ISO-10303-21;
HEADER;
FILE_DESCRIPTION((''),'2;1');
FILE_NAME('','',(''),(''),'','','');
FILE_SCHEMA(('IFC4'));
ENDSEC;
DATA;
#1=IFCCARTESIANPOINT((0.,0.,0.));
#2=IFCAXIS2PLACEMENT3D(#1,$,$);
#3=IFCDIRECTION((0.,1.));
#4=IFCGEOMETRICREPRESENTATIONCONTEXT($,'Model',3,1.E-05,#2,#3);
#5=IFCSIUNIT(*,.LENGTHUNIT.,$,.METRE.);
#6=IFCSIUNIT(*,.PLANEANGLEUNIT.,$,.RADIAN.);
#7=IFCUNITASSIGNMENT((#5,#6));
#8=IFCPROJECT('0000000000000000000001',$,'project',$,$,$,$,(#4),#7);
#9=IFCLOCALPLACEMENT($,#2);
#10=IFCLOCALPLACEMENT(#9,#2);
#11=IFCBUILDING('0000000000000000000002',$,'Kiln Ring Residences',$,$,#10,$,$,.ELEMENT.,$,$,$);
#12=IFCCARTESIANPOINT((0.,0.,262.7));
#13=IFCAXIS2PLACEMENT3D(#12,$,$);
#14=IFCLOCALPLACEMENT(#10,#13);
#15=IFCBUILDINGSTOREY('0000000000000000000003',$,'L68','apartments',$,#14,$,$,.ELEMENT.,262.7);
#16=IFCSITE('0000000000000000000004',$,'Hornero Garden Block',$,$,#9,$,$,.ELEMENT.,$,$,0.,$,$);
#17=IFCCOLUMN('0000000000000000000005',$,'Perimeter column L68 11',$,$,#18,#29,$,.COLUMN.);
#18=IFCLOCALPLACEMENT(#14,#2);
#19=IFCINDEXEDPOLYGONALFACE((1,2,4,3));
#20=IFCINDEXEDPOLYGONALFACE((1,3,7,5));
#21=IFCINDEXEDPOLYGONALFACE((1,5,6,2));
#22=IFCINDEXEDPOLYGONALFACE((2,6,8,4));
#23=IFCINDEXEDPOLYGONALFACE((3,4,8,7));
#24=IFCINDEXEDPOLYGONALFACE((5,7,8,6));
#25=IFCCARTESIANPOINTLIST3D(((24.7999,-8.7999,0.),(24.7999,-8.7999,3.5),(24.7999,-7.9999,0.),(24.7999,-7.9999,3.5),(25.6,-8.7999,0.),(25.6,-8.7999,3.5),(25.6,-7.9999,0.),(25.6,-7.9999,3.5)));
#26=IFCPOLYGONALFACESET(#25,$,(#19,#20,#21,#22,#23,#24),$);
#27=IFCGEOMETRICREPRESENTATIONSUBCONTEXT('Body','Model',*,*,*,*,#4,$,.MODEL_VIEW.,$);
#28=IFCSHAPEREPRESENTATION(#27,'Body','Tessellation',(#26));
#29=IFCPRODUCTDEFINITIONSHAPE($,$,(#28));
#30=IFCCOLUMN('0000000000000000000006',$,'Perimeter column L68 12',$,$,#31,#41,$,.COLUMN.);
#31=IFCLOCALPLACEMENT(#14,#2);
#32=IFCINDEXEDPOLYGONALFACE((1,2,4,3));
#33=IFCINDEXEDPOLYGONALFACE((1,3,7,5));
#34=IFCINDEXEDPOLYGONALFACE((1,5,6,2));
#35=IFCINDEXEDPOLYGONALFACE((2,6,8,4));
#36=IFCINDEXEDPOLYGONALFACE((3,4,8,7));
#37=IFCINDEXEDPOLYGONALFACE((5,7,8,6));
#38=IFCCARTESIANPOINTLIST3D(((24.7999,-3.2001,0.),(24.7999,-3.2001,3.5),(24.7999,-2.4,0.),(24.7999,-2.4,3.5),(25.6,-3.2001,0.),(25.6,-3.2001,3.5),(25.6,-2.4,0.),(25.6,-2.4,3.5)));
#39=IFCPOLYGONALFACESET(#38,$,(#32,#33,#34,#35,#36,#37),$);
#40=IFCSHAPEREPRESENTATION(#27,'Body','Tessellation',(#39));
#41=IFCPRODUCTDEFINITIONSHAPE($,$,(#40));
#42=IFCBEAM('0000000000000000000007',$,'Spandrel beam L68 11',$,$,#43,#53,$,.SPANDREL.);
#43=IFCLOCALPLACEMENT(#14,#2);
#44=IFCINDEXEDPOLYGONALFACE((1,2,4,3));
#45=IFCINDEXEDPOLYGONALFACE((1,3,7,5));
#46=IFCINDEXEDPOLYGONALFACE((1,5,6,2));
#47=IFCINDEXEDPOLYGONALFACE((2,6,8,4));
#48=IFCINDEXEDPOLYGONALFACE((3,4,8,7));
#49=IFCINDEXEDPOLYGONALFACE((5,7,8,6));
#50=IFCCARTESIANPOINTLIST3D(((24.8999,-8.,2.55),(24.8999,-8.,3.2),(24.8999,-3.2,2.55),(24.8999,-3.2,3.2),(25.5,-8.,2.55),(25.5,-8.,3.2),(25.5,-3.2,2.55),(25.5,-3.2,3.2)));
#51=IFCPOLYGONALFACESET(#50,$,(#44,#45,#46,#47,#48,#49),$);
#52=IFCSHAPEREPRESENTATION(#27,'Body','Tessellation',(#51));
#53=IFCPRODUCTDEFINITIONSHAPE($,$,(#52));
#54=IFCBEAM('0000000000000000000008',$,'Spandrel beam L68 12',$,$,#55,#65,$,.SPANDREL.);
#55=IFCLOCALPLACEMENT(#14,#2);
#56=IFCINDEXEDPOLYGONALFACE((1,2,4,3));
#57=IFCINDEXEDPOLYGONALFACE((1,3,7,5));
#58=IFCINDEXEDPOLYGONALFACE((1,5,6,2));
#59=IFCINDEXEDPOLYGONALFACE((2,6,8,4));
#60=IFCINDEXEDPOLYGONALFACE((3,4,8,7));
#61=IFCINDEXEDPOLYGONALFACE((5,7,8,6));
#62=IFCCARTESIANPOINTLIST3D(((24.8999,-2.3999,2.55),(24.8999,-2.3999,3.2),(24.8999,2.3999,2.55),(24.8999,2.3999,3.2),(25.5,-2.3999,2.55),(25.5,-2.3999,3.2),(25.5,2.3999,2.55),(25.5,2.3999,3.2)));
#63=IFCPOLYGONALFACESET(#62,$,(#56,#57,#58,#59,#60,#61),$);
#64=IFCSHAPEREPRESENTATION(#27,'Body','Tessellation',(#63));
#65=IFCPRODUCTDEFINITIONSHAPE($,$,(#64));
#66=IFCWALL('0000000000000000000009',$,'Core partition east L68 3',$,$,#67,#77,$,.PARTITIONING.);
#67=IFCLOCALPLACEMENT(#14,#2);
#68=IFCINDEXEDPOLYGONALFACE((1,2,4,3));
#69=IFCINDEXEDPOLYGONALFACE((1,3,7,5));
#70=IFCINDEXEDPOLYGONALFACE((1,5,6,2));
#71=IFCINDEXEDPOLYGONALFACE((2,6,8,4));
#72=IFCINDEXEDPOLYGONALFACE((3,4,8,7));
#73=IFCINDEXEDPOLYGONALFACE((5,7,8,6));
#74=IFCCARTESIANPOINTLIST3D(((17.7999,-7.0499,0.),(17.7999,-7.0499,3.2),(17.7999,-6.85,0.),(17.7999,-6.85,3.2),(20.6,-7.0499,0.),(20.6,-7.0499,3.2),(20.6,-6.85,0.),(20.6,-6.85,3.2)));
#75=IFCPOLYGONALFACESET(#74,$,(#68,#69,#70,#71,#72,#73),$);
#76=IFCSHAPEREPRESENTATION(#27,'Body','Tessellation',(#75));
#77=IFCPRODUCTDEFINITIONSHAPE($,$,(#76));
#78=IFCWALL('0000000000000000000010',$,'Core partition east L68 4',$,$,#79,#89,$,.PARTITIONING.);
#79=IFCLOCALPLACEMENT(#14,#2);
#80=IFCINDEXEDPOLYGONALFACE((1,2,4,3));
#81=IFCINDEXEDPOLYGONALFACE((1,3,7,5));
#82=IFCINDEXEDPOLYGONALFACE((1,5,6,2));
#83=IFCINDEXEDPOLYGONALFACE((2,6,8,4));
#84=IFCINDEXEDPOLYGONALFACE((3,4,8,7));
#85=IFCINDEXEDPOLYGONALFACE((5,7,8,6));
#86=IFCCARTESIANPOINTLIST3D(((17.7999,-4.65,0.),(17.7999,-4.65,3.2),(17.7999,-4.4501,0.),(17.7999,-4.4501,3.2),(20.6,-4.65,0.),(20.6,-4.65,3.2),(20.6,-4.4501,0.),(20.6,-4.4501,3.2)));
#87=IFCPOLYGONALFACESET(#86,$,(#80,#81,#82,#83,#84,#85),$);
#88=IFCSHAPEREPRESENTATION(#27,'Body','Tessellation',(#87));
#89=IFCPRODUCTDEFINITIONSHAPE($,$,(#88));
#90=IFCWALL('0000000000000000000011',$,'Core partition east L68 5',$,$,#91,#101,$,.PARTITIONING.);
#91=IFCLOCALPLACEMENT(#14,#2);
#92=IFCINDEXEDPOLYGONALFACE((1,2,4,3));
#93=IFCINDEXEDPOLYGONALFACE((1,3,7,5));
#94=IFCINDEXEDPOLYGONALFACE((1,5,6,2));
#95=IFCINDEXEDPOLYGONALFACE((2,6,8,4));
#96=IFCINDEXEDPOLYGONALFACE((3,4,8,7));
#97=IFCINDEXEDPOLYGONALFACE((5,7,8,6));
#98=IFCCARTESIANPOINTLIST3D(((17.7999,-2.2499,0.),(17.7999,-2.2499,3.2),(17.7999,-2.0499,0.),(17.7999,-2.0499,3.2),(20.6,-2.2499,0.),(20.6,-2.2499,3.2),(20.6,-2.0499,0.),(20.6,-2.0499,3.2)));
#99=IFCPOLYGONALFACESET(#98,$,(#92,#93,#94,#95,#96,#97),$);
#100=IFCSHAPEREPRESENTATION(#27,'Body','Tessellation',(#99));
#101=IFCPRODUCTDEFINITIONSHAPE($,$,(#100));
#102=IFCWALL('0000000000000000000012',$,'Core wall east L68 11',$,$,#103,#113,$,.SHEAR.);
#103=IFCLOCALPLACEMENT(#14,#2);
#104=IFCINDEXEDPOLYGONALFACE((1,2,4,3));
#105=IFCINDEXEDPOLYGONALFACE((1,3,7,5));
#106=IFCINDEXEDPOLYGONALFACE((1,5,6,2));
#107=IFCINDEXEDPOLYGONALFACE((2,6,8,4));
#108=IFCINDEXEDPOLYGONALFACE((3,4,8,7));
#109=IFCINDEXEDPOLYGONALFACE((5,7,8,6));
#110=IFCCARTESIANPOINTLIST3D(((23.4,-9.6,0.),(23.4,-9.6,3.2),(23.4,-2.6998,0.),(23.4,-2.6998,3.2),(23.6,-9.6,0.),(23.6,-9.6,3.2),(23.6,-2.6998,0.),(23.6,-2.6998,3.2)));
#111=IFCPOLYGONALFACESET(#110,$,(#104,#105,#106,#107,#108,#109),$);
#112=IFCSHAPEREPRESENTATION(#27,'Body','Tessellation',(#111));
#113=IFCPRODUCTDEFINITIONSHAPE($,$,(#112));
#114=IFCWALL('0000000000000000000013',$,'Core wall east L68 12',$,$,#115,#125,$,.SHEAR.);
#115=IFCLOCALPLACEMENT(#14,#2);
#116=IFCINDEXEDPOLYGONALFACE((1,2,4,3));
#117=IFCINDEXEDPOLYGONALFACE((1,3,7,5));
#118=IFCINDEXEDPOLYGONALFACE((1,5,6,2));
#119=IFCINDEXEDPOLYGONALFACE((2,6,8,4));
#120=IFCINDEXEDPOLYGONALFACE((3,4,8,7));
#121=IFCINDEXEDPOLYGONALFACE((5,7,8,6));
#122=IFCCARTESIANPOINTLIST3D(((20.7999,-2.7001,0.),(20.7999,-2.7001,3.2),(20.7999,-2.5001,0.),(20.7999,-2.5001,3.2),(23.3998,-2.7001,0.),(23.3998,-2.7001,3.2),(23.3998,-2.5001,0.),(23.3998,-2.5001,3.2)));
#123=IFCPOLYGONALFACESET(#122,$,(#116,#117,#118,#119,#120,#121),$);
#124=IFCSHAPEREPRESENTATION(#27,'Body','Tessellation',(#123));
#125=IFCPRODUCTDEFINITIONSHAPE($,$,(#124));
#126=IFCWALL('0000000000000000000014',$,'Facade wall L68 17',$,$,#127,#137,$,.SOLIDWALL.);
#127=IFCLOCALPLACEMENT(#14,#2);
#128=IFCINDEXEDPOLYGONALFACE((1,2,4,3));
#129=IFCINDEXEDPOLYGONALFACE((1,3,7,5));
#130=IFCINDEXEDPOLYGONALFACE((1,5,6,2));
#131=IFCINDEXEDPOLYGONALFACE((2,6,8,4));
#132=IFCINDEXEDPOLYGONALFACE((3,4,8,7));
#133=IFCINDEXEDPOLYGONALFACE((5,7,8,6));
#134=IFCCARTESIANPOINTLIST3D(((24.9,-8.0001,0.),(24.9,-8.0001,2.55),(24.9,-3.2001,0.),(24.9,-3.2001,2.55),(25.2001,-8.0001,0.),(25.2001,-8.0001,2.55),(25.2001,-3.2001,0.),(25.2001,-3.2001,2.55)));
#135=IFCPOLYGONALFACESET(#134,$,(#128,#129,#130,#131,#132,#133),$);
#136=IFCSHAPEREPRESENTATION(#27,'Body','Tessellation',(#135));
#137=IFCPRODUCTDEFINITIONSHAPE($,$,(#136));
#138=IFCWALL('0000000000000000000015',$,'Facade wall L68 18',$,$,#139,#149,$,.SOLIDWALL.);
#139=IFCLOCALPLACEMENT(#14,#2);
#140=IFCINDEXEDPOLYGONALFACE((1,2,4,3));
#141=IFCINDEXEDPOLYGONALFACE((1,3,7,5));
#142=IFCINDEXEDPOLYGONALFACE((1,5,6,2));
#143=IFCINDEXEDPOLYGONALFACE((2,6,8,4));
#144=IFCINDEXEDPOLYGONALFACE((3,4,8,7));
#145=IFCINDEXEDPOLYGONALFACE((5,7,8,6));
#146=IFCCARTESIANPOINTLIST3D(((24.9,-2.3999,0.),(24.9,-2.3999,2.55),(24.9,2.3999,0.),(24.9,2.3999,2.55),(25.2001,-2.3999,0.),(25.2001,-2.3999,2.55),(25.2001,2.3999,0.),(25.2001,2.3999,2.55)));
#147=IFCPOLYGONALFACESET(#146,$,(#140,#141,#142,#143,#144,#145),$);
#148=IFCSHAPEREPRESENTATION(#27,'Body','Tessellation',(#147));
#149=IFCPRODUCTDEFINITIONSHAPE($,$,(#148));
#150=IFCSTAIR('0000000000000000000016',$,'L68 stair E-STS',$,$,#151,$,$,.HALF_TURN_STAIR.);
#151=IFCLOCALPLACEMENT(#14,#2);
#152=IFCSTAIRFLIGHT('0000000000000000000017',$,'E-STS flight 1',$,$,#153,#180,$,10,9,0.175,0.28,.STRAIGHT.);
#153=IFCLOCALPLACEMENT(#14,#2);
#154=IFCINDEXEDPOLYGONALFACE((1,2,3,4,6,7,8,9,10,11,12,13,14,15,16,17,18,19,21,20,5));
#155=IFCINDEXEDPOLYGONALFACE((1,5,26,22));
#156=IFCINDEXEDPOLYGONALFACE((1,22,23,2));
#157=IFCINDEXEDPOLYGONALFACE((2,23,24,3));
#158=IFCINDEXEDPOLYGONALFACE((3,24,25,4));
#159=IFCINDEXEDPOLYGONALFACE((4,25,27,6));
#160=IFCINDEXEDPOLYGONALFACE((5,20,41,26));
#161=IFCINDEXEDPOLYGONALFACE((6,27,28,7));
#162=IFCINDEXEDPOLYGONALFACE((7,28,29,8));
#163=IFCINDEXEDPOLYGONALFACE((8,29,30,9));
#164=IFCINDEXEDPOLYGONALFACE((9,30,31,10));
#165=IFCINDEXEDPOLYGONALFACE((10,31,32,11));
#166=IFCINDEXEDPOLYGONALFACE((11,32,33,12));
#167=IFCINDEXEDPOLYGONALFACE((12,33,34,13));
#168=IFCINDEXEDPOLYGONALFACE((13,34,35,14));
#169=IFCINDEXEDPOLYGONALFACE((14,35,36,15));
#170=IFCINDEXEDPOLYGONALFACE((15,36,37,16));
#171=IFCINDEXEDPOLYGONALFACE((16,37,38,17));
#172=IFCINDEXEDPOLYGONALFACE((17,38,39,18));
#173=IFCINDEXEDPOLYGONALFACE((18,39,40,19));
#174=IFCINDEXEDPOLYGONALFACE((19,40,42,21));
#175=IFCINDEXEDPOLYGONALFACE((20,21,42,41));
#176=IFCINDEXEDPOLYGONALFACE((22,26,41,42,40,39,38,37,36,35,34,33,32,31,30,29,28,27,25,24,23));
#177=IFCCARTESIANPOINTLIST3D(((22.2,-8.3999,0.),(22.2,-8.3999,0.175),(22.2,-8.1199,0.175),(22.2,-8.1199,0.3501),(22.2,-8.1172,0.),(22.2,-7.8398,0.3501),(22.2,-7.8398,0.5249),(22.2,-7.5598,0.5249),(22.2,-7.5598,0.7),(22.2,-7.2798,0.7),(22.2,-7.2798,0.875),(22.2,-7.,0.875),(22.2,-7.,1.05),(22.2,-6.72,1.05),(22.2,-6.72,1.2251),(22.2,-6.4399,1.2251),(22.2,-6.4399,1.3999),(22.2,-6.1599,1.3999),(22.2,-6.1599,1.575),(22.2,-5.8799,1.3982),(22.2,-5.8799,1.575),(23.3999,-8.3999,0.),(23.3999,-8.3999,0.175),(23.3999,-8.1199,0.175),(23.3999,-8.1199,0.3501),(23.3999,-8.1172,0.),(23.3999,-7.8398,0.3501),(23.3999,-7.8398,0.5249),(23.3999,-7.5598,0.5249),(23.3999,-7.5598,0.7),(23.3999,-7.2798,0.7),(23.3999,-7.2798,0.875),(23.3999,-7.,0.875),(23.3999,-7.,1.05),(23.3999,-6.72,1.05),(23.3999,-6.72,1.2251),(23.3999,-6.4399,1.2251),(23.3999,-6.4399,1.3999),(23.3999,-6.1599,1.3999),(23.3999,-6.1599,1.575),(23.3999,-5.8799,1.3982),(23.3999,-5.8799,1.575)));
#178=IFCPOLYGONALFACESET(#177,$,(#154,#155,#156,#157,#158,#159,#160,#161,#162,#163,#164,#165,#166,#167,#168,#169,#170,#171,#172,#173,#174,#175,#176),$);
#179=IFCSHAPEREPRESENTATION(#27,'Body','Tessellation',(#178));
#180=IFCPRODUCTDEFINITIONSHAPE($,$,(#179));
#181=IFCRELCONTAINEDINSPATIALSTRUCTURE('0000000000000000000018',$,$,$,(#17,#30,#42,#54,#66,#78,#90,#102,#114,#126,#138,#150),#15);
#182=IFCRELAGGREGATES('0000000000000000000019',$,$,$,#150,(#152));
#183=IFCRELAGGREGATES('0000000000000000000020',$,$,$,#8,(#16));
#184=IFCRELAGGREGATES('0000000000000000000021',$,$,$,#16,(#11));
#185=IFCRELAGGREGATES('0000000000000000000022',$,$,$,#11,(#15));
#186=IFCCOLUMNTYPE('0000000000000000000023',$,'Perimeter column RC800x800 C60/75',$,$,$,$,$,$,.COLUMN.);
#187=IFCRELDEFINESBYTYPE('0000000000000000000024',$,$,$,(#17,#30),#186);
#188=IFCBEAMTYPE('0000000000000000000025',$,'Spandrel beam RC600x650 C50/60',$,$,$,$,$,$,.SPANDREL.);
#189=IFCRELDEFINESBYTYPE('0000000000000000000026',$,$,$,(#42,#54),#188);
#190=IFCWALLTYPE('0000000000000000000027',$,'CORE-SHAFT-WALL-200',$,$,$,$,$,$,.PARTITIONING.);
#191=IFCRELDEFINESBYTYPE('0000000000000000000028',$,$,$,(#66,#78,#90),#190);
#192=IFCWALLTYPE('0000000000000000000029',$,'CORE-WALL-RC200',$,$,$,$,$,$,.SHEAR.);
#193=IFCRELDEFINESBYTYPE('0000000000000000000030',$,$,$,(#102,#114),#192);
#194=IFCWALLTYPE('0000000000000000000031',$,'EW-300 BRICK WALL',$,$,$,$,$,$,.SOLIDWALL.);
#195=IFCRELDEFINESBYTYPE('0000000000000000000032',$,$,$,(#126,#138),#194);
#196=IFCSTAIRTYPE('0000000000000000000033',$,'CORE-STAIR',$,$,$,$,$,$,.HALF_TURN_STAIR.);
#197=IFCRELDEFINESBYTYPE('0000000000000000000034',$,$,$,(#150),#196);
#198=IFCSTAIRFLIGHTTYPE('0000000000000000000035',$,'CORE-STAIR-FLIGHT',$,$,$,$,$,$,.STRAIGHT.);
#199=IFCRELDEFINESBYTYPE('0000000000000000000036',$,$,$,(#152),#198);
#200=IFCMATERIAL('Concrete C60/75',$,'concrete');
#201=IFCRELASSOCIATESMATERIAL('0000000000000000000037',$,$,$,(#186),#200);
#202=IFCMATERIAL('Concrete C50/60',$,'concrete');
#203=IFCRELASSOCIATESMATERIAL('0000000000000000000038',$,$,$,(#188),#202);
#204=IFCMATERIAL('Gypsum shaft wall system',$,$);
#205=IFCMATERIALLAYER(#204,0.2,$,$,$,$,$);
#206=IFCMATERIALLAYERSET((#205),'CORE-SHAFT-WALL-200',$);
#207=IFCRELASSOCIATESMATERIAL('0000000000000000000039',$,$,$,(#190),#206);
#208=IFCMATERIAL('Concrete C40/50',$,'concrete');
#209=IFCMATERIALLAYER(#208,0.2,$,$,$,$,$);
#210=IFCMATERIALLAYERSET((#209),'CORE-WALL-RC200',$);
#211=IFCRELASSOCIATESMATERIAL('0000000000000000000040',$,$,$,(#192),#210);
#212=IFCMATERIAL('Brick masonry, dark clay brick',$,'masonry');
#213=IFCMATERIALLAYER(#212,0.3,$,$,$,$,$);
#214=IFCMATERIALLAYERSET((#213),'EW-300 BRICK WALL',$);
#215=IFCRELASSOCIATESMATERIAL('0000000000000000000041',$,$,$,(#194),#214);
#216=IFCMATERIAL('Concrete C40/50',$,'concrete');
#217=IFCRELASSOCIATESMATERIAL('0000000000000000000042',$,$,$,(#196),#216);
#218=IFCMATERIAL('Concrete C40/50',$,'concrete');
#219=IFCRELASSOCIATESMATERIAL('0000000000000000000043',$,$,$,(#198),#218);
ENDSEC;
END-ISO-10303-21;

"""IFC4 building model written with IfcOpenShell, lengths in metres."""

from ifc_helpers import new_model, si_unit, direction, frame, frame_2d, origin, origin_2d, place, context, subcontext, project, spatial, polyline, rectangle, outline, extrude, material, layer, layer_set, material_profile, profile_set, type_object, element, aggregate, save


model = new_model("IFC4")

# Units and contexts
model_context = context("Model", 3, precision=1e-05, world=origin(), true_north=direction((0.0, 1.0)))
body_context = subcontext(model_context, "Body", "Model", "MODEL_VIEW")
ifc_project = project(units=[si_unit("LENGTHUNIT", "METRE"), si_unit("PLANEANGLEUNIT", "RADIAN")], contexts=[model_context])

# Site, building, storey
site_placement = place(None, origin())
site = spatial("IfcSite", under=ifc_project, at=site_placement, Name="Hornero Garden Block", CompositionType="ELEMENT", RefElevation=0.0)
building_placement = place(site_placement, origin())
building = spatial("IfcBuilding", under=site, at=building_placement, Name="Kiln Ring Residences", CompositionType="ELEMENT")
storey_placement = place(building_placement, frame((0.0, 0.0, 262.7)))
storey = spatial("IfcBuildingStorey", under=building, at=storey_placement, Name="L68", Description="apartments", CompositionType="ELEMENT", Elevation=262.7)

# Columns
ifc_material_1 = material(Name="Concrete C60/75", Category="concrete")
ifc_material_profile_1 = material_profile(ifc_material_1, rectangle(XDim=0.8, YDim=0.8, at=origin_2d()), Name="RC800x800")
ifc_profile_set_1 = profile_set([ifc_material_profile_1], Name="Concrete C60/75")
column_type = type_object("IfcColumnType", Name="Perimeter column RC800x800 C60/75", PredefinedType="COLUMN", material=ifc_profile_set_1)
for number, where, z_axis, x_axis, name in (
    (1, (25.2, -8.3999, 0.0), (0.0, 0.0, 1.0), (1.0, 0.0, 0.0), "Perimeter column L68 11"),
    (2, (25.2, -2.8, 0.0), (0.0, 0.0, 1.0), (1.0, 0.0, 0.0), "Perimeter column L68 12"),
):
    element("IfcColumn", number, at=place(storey_placement, frame(where, z_axis=z_axis, x_axis=x_axis)), inside=storey, type_object=column_type, Name=name, PredefinedType="COLUMN", context=body_context, shape_type="SweptSolid", body=[
        extrude(rectangle(XDim=0.8, YDim=0.8, at=origin_2d()), origin(), (0.0, 0.0, 1.0), 3.5),
    ])

# Beams
ifc_material_2 = material(Name="Concrete C50/60", Category="concrete")
ifc_material_profile_2 = material_profile(ifc_material_2, rectangle(XDim=0.6001, YDim=0.6499, at=origin_2d()), Name="RC600x650")
ifc_profile_set_2 = profile_set([ifc_material_profile_2], Name="Concrete C50/60")
beam_type = type_object("IfcBeamType", Name="Spandrel beam RC600x650 C50/60", PredefinedType="SPANDREL", material=ifc_profile_set_2)
beam_1_placement = place(storey_placement, frame((25.2, -8.0, 2.875), z_axis=(0.0, 1.0, 0.0), x_axis=(-1.0, 0.0, 0.0)))
element("IfcBeam", 3, at=beam_1_placement, inside=storey, type_object=beam_type, Name="Spandrel beam L68 11", PredefinedType="SPANDREL", context=body_context, shape_type="SweptSolid", body=[
    extrude(rectangle(XDim=0.6001, YDim=0.6499, at=origin_2d()), origin(), (0.0, 0.0, 1.0), 4.8),
])
beam_2_placement = place(storey_placement, frame((25.2, -2.3999, 2.875), z_axis=(0.0, 1.0, 0.0), x_axis=(-1.0, 0.0, 0.0)))
element("IfcBeam", 4, at=beam_2_placement, inside=storey, type_object=beam_type, Name="Spandrel beam L68 12", PredefinedType="SPANDREL", context=body_context, shape_type="SweptSolid", body=[
    extrude(rectangle(XDim=0.6001, YDim=0.6499, at=origin_2d()), origin(), (0.0, 0.0, 1.0), 4.7998),
])

# Walls
ifc_material_3 = material(Name="Gypsum shaft wall system")
ifc_layer_1 = layer(ifc_material_3, 0.2)
ifc_layer_set_1 = layer_set([ifc_layer_1], Name="CORE-SHAFT-WALL-200")
wall_type_1 = type_object("IfcWallType", Name="CORE-SHAFT-WALL-200", PredefinedType="PARTITIONING", material=ifc_layer_set_1)
for number, where, z_axis, x_axis, name in (
    (5, (17.8, -6.95, 0.0), (0.0, 0.0, 1.0), (1.0, 0.0, 0.0), "Core partition east L68 3"),
    (6, (17.8, -4.55, 0.0), (0.0, 0.0, 1.0), (1.0, 0.0, 0.0), "Core partition east L68 4"),
    (7, (17.8, -2.1499, 0.0), (0.0, 0.0, 1.0), (1.0, 0.0, 0.0), "Core partition east L68 5"),
):
    element("IfcWall", number, at=place(storey_placement, frame(where, z_axis=z_axis, x_axis=x_axis)), inside=storey, type_object=wall_type_1, Name=name, PredefinedType="PARTITIONING", context=body_context, shape_type="SweptSolid", body=[
        extrude(rectangle(XDim=2.8, YDim=0.2, at=frame_2d((1.3999, 0.0))), origin(), (0.0, 0.0, 1.0), 3.2),
    ])
ifc_material_4 = material(Name="Concrete C40/50", Category="concrete")
ifc_layer_2 = layer(ifc_material_4, 0.2)
ifc_layer_set_2 = layer_set([ifc_layer_2], Name="CORE-WALL-RC200")
wall_type_2 = type_object("IfcWallType", Name="CORE-WALL-RC200", PredefinedType="SHEAR", material=ifc_layer_set_2)
wall_1_placement = place(storey_placement, frame((23.5, -9.6001, 0.0), z_axis=(0.0, 0.0, 1.0), x_axis=(0.0, 1.0, 0.0)))
element("IfcWall", 8, at=wall_1_placement, inside=storey, type_object=wall_type_2, Name="Core wall east L68 11", PredefinedType="SHEAR", context=body_context, shape_type="SweptSolid", body=[
    extrude(rectangle(XDim=6.9001, YDim=0.2, at=frame_2d((3.4502, 0.0))), origin(), (0.0, 0.0, 1.0), 3.2),
])
wall_2_placement = place(storey_placement, frame((20.8, -2.6001, 0.0), z_axis=(0.0, 0.0, 1.0), x_axis=(1.0, 0.0, 0.0)))
element("IfcWall", 9, at=wall_2_placement, inside=storey, type_object=wall_type_2, Name="Core wall east L68 12", PredefinedType="SHEAR", context=body_context, shape_type="SweptSolid", body=[
    extrude(rectangle(XDim=2.5999, YDim=0.2, at=frame_2d((1.2998, 0.0))), origin(), (0.0, 0.0, 1.0), 3.2),
])
ifc_material_5 = material(Name="Brick masonry, dark clay brick", Category="masonry")
ifc_layer_3 = layer(ifc_material_5, 0.3)
ifc_layer_set_3 = layer_set([ifc_layer_3], Name="EW-300 BRICK WALL")
wall_type_3 = type_object("IfcWallType", Name="EW-300 BRICK WALL", PredefinedType="SOLIDWALL", material=ifc_layer_set_3)
wall_3_placement = place(storey_placement, frame((25.05, -8.0, 0.0), z_axis=(0.0, 0.0, 1.0), x_axis=(0.0, 1.0, 0.0)))
element("IfcWall", 10, at=wall_3_placement, inside=storey, type_object=wall_type_3, Name="Facade wall L68 17", PredefinedType="SOLIDWALL", context=body_context, shape_type="SweptSolid", body=[
    extrude(rectangle(XDim=4.8, YDim=0.3, at=frame_2d((2.3999, 0.0))), origin(), (0.0, 0.0, 1.0), 2.55),
])
wall_4_placement = place(storey_placement, frame((25.05, -2.3999, 0.0), z_axis=(0.0, 0.0, 1.0), x_axis=(0.0, 1.0, 0.0)))
element("IfcWall", 11, at=wall_4_placement, inside=storey, type_object=wall_type_3, Name="Facade wall L68 18", PredefinedType="SOLIDWALL", context=body_context, shape_type="SweptSolid", body=[
    extrude(rectangle(XDim=4.7998, YDim=0.3, at=frame_2d((2.3999, 0.0))), origin(), (0.0, 0.0, 1.0), 2.55),
])

# Stair, stair flight
ifc_material_6 = material(Name="Concrete C40/50", Category="concrete")
stair_type = type_object("IfcStairType", Name="CORE-STAIR", PredefinedType="HALF_TURN_STAIR", material=ifc_material_6)
stair_placement = place(storey_placement, origin())
stair = element("IfcStair", 12, at=stair_placement, inside=storey, type_object=stair_type, Name="L68 stair E-STS", PredefinedType="HALF_TURN_STAIR")
ifc_material_7 = material(Name="Concrete C40/50", Category="concrete")
stair_flight_type = type_object("IfcStairFlightType", Name="CORE-STAIR-FLIGHT", PredefinedType="STRAIGHT", material=ifc_material_7)
stair_flight_1_placement = place(storey_placement, frame((22.8, -8.3999, 0.0), z_axis=(0.0, 0.0, 1.0), x_axis=(0.0, 1.0, 0.0)))
stair_flight_1 = element("IfcStairFlight", 13, at=stair_flight_1_placement, type_object=stair_flight_type, Name="E-STS flight 1", NumberOfRisers=10, NumberOfTreads=9, PredefinedType="STRAIGHT", RiserHeight=0.175, TreadLength=0.28, context=body_context, shape_type="SweptSolid", body=[
    extrude(outline(polyline([(0.0, 0.0), (0.0, 0.175), (0.28, 0.175), (0.28, 0.3501), (0.5601, 0.3501), (0.5601, 0.5249), (0.8401, 0.5249), (0.8401, 0.7), (1.1201, 0.7), (1.1201, 0.875), (1.3999, 0.875), (1.3999, 1.05), (1.6799, 1.05), (1.6799, 1.2251), (1.96, 1.2251), (1.96, 1.3999), (2.24, 1.3999), (2.24, 1.575), (2.52, 1.575), (2.52, 1.75), (2.52, 1.3982), (0.2827, 0.0), (0.0, 0.0)])), frame((0.0, 0.6001, 0.0), z_axis=(0.0, -1.0, 0.0), x_axis=(1.0, 0.0, 0.0)), (0.0, 0.0, 1.0), 1.2),
])
aggregate(stair, [stair_flight_1])

save(model, "model.ifc")
